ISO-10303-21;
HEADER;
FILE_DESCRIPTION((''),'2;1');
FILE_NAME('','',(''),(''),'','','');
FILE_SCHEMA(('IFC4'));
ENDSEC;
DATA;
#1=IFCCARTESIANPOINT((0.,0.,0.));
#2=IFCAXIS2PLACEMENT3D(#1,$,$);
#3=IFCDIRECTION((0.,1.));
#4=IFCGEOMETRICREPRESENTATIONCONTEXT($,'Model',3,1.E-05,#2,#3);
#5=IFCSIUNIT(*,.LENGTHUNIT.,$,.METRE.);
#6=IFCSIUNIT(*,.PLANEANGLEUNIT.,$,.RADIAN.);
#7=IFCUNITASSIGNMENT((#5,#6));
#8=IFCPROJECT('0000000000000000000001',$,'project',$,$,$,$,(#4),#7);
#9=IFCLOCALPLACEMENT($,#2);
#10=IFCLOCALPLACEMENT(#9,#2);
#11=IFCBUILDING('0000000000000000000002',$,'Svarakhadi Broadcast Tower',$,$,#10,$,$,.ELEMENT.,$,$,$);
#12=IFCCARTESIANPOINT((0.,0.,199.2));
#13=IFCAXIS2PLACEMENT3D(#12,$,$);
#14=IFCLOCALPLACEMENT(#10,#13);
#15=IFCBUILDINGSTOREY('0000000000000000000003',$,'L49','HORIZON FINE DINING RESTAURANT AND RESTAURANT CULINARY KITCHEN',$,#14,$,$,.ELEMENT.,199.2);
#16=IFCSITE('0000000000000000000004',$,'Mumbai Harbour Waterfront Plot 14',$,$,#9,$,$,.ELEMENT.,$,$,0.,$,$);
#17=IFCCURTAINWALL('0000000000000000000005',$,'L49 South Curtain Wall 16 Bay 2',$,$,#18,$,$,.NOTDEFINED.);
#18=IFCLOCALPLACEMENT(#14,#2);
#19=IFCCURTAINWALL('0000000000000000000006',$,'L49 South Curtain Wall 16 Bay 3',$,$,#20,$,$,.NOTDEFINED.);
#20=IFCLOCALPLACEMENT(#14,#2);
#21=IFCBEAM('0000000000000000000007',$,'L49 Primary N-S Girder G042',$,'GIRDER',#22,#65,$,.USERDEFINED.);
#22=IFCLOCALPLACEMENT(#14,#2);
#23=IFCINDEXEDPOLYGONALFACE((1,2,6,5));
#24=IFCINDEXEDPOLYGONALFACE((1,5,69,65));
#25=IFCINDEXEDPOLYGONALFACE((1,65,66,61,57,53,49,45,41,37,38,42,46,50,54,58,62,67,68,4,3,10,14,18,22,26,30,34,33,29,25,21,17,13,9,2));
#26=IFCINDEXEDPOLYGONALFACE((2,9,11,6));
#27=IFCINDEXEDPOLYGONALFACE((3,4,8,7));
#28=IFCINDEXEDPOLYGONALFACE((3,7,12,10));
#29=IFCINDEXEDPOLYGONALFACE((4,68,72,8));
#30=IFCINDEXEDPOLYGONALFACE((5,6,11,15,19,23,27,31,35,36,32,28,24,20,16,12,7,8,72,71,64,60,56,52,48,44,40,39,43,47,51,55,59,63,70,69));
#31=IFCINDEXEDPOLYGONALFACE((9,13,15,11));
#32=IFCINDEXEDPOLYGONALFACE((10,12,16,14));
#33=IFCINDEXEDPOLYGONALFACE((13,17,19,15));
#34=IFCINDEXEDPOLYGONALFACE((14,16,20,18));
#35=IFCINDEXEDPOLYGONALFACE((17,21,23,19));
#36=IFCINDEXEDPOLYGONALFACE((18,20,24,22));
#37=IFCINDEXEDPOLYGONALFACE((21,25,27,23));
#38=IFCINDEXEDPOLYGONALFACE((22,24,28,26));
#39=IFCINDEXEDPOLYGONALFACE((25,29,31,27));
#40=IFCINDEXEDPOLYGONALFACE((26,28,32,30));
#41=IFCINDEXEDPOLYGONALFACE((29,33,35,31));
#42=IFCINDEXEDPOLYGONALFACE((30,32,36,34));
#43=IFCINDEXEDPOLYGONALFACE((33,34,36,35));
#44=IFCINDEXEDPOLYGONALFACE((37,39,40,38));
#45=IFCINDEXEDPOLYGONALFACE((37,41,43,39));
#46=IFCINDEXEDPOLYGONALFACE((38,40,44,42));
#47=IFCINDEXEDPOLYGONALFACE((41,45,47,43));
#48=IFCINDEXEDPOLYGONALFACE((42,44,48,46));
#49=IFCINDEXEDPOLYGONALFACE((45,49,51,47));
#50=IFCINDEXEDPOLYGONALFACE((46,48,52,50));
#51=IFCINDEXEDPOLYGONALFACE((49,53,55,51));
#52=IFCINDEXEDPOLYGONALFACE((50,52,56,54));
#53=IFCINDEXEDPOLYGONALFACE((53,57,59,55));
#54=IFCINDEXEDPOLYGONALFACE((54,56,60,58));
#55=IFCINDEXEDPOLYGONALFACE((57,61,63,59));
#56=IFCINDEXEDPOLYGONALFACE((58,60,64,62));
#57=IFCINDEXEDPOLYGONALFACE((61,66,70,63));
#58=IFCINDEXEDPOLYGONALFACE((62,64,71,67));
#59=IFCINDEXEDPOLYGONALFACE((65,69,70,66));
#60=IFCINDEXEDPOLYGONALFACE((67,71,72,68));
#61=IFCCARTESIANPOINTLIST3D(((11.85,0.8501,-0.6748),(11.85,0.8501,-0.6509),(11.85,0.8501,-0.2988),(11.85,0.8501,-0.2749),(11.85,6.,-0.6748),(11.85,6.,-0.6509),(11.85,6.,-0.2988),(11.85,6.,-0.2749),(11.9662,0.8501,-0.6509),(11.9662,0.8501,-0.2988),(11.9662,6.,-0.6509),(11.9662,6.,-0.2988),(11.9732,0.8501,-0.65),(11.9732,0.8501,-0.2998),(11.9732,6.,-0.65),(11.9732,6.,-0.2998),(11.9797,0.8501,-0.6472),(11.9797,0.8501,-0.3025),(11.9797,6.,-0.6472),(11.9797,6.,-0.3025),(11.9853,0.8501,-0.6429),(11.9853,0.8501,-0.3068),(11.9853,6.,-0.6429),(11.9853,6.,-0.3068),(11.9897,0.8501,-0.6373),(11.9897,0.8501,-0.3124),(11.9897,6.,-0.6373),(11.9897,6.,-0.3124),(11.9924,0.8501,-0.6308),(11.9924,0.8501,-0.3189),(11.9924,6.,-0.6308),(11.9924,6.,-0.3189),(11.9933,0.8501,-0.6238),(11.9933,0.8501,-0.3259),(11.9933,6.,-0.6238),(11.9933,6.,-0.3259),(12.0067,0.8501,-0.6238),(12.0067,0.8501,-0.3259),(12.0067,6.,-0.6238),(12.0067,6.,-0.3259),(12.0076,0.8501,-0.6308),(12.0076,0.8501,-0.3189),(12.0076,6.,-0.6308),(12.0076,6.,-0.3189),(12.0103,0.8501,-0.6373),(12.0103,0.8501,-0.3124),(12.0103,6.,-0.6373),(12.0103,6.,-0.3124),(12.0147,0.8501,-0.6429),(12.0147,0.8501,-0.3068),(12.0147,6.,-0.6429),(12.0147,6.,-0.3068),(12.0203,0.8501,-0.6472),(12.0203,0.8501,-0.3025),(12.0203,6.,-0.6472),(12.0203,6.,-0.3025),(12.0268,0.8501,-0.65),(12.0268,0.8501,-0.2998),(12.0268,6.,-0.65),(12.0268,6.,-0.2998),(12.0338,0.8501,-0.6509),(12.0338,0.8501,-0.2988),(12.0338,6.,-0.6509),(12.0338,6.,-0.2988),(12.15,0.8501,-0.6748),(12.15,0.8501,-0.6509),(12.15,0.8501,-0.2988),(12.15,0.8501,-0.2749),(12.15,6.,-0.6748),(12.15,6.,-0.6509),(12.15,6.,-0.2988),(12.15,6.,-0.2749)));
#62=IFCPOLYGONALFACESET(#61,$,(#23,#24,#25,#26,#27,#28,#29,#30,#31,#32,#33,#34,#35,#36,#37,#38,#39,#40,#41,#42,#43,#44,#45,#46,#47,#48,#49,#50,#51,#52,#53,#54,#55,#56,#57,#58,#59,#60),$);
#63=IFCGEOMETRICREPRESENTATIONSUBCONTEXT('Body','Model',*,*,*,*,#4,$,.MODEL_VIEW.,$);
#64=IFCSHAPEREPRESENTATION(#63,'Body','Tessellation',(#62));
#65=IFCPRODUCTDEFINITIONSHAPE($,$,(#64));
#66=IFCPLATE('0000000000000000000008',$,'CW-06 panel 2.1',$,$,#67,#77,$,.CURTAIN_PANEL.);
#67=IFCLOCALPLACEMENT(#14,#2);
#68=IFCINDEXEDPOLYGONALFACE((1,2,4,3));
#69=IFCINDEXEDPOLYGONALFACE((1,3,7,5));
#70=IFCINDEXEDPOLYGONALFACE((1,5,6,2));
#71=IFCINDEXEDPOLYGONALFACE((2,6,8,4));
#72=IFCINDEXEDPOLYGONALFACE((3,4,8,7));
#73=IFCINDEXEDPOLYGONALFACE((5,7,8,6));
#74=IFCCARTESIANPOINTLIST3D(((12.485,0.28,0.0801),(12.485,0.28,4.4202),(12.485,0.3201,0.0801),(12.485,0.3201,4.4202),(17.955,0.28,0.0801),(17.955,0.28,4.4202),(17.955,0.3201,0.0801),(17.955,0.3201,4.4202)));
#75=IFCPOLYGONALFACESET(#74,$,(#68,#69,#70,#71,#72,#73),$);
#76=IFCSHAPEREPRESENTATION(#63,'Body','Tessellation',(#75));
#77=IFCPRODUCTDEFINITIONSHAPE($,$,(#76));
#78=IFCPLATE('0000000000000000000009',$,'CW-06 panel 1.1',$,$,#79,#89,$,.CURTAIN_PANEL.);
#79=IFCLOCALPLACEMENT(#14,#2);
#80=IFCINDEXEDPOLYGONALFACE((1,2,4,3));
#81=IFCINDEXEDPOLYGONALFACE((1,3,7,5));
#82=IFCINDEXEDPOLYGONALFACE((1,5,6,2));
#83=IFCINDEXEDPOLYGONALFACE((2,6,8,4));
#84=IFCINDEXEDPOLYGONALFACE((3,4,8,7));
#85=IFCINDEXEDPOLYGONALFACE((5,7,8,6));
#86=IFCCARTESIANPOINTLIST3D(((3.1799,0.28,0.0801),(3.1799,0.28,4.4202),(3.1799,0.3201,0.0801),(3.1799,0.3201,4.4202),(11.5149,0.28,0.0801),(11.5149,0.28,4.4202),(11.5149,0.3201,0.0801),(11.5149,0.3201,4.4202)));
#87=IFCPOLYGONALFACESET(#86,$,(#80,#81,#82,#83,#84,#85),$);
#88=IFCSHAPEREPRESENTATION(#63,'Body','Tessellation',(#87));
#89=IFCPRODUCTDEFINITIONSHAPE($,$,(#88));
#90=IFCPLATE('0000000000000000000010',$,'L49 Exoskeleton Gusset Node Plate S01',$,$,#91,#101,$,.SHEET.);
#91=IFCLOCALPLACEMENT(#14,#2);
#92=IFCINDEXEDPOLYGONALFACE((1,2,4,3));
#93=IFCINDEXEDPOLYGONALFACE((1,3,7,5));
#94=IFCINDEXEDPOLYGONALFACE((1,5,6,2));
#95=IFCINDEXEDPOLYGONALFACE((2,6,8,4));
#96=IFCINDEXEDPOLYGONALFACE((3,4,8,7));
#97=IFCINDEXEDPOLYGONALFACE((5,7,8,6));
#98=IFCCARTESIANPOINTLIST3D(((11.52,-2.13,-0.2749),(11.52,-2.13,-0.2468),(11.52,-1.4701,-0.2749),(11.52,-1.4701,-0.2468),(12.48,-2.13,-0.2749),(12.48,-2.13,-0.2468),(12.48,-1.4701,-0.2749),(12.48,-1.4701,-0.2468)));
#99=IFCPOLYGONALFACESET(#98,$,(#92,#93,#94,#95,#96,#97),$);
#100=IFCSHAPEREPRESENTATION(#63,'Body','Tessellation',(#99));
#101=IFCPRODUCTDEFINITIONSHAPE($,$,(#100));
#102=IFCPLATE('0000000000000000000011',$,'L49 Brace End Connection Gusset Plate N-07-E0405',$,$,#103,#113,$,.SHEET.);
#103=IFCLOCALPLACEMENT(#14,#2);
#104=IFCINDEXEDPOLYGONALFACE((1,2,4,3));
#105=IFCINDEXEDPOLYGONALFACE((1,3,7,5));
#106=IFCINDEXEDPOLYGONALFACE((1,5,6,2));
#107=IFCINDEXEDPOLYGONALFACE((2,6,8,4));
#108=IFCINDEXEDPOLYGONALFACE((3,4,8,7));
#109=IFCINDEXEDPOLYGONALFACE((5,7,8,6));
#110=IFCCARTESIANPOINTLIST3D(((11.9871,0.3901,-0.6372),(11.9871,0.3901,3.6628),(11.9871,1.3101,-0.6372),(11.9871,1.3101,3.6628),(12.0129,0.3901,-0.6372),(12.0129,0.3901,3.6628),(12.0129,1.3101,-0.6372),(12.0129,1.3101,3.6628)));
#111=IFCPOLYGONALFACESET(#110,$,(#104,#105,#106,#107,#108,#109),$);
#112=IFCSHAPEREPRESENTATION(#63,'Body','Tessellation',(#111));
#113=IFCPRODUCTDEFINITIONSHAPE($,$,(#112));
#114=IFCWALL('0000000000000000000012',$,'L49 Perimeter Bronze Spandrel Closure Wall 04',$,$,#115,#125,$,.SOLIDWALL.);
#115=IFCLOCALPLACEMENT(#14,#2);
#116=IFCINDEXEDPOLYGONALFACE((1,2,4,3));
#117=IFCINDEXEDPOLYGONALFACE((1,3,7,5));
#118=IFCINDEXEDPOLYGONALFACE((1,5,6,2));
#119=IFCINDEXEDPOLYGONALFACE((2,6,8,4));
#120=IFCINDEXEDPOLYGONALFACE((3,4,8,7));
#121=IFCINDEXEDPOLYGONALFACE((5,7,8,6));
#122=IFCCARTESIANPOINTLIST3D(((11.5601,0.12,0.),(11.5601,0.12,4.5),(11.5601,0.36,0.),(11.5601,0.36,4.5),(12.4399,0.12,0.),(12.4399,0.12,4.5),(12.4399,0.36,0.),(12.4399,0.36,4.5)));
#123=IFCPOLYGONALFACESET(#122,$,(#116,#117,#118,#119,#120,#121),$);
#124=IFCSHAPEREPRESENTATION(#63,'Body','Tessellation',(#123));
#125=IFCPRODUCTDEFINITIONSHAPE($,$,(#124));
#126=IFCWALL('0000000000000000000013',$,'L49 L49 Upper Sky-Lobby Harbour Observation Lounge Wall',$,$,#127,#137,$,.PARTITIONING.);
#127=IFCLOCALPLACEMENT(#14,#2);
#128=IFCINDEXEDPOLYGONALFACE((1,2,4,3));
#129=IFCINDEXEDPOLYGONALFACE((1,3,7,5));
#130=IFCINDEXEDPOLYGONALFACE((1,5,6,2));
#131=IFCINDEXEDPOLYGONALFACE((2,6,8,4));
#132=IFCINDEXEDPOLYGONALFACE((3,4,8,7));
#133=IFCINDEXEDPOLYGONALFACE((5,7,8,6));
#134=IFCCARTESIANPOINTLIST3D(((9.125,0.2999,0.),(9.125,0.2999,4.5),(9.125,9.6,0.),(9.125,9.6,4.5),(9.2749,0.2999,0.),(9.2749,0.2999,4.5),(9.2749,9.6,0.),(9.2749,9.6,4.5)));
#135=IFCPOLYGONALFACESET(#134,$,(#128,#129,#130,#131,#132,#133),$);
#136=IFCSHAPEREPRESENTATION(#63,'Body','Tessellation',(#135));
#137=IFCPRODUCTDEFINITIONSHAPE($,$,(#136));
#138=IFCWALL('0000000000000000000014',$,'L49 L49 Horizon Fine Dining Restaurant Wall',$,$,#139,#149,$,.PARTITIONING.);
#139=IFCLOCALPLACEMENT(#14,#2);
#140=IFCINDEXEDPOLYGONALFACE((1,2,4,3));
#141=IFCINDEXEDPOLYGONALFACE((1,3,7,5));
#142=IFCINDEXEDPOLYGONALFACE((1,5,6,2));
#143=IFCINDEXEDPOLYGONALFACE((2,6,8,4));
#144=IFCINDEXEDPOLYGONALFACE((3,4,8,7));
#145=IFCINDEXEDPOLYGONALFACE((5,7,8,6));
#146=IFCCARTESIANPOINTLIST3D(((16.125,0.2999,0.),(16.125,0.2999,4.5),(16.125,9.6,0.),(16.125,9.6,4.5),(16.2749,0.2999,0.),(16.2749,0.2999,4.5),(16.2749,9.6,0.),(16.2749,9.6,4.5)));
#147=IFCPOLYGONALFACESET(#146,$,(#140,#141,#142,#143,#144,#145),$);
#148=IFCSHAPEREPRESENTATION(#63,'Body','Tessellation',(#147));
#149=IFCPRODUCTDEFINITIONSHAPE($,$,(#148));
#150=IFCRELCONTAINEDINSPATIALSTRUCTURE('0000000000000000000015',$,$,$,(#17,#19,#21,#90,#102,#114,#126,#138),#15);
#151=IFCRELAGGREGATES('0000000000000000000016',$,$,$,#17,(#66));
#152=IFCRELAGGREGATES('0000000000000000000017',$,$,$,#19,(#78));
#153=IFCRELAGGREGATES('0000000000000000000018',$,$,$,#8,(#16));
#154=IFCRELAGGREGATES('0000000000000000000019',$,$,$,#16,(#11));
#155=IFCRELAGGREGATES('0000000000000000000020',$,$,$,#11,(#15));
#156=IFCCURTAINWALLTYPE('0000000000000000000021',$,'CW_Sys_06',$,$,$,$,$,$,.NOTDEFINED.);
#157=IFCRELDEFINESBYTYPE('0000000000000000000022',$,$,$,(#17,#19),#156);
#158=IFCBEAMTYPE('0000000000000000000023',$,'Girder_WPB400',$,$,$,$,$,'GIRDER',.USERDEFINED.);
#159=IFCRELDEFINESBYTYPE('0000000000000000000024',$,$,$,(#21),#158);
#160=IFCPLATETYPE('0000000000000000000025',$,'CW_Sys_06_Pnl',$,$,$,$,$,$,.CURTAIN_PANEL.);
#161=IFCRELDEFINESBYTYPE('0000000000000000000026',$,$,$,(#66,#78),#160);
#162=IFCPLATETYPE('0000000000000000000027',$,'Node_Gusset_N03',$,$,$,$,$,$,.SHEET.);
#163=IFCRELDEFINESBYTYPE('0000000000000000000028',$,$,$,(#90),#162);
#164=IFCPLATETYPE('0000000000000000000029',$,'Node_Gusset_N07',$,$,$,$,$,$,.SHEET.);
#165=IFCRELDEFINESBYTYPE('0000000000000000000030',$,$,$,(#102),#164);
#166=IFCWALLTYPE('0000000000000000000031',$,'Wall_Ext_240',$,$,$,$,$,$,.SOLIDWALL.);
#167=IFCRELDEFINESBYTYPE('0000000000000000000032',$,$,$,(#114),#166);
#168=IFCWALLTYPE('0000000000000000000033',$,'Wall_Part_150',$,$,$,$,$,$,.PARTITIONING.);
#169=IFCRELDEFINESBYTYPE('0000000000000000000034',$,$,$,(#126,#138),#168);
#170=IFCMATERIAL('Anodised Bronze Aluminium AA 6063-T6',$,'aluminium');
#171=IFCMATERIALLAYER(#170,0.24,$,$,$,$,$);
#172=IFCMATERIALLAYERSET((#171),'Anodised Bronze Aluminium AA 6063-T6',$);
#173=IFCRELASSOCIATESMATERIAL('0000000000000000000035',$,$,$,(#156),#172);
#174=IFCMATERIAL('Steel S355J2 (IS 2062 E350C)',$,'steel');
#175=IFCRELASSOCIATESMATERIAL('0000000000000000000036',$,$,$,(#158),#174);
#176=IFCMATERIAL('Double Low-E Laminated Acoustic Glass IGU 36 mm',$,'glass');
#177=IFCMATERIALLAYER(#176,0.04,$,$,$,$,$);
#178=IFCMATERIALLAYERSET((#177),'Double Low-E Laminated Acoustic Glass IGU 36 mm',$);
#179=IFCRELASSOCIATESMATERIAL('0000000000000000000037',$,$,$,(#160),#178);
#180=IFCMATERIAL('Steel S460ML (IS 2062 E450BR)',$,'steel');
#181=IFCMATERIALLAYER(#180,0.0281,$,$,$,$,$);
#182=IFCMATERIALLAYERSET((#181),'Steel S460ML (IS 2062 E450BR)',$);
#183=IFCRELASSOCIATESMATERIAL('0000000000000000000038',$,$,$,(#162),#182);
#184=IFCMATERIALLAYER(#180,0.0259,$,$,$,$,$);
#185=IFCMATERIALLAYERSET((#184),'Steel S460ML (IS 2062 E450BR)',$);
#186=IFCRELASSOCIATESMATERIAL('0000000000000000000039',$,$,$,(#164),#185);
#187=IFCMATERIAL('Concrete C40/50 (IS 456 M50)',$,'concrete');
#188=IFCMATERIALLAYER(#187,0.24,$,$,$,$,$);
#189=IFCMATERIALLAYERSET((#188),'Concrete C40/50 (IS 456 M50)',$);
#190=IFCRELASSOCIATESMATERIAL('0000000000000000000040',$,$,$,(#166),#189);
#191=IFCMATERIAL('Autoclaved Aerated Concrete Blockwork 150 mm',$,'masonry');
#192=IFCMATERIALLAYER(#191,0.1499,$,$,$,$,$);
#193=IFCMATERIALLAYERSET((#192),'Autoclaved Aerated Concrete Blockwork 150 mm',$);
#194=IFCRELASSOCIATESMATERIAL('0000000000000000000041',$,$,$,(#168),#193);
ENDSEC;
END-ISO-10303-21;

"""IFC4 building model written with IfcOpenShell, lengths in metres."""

from ifc_helpers import new_model, si_unit, direction, frame, frame_2d, origin, origin_2d, place, context, subcontext, project, spatial, rectangle, i_section, extrude, material, layer, layer_set, material_profile, profile_set, type_object, element, aggregate, save


model = new_model("IFC4")

# Units and contexts
model_context = context("Model", 3, precision=1e-05, world=origin(), true_north=direction((0.0, 1.0)))
body_context = subcontext(model_context, "Body", "Model", "MODEL_VIEW")
ifc_project = project(units=[si_unit("LENGTHUNIT", "METRE"), si_unit("PLANEANGLEUNIT", "RADIAN")], contexts=[model_context])

# Site, building, storey
site_placement = place(None, origin())
site = spatial("IfcSite", under=ifc_project, at=site_placement, Name="Mumbai Harbour Waterfront Plot 14", CompositionType="ELEMENT", RefElevation=0.0)
building_placement = place(site_placement, origin())
building = spatial("IfcBuilding", under=site, at=building_placement, Name="Svarakhadi Broadcast Tower", CompositionType="ELEMENT")
storey_placement = place(building_placement, frame((0.0, 0.0, 199.2)))
storey = spatial("IfcBuildingStorey", under=building, at=storey_placement, Name="L49", Description="HORIZON FINE DINING RESTAURANT AND RESTAURANT CULINARY KITCHEN", CompositionType="ELEMENT", Elevation=199.2)

# Shared definitions
ifc_material_1 = material(Name="Steel S460ML (IS 2062 E450BR)", Category="steel")

# Shared definitions
ifc_material_2 = material(Name="Steel S355J2 (IS 2062 E350C)", Category="steel")

# Curtain walls
ifc_material_3 = material(Name="Anodised Bronze Aluminium AA 6063-T6", Category="aluminium")
ifc_layer_1 = layer(ifc_material_3, 0.24)
ifc_layer_set_1 = layer_set([ifc_layer_1], Name="Anodised Bronze Aluminium AA 6063-T6")
curtain_wall_type = type_object("IfcCurtainWallType", Name="CW_Sys_06", PredefinedType="NOTDEFINED", material=ifc_layer_set_1)
curtain_wall_1_placement = place(storey_placement, origin())
curtain_wall_1 = element("IfcCurtainWall", 1, at=curtain_wall_1_placement, inside=storey, type_object=curtain_wall_type, Name="L49 South Curtain Wall 16 Bay 2", PredefinedType="NOTDEFINED")
curtain_wall_2_placement = place(storey_placement, origin())
curtain_wall_2 = element("IfcCurtainWall", 2, at=curtain_wall_2_placement, inside=storey, type_object=curtain_wall_type, Name="L49 South Curtain Wall 16 Bay 3", PredefinedType="NOTDEFINED")

# Beam
ifc_material_profile_1 = material_profile(ifc_material_2, i_section(OverallWidth=0.3, OverallDepth=0.3999, WebThickness=0.0134, FlangeThickness=0.0239, FilletRadius=0.0271, at=origin_2d()), Name="WPB 400x300x155")
ifc_profile_set_1 = profile_set([ifc_material_profile_1], Name="Steel S355J2 (IS 2062 E350C)")
beam_type_1 = type_object("IfcBeamType", Name="Girder_WPB400", ElementType="GIRDER", PredefinedType="USERDEFINED", material=ifc_profile_set_1)
for number, where, z_axis, x_axis, name in (
    (3, (12.0, 0.8501, -0.4749), (0.0, 1.0, 0.0), (-1.0, 0.0, 0.0), "L49 Primary N-S Girder G042"),
):
    element("IfcBeam", number, at=place(storey_placement, frame(where, z_axis=z_axis, x_axis=x_axis)), inside=storey, type_object=beam_type_1, Name=name, ObjectType="GIRDER", PredefinedType="USERDEFINED", context=body_context, shape_type="SweptSolid", body=[
        extrude(i_section(OverallWidth=0.3, OverallDepth=0.3999, WebThickness=0.0134, FlangeThickness=0.0239, FilletRadius=0.0271, at=origin_2d()), origin(), (0.0, 0.0, 1.0), 5.1499),
    ])

# Plates
ifc_material_4 = material(Name="Double Low-E Laminated Acoustic Glass IGU 36 mm", Category="glass")
ifc_layer_2 = layer(ifc_material_4, 0.04)
ifc_layer_set_2 = layer_set([ifc_layer_2], Name="Double Low-E Laminated Acoustic Glass IGU 36 mm")
plate_type_1 = type_object("IfcPlateType", Name="CW_Sys_06_Pnl", PredefinedType="CURTAIN_PANEL", material=ifc_layer_set_2)
plate_1_placement = place(storey_placement, frame((15.22, 0.3, 0.0801), z_axis=(0.0, 0.0, 1.0), x_axis=(-1.0, 0.0, 0.0)))
plate_1 = element("IfcPlate", 4, at=plate_1_placement, type_object=plate_type_1, Name="CW-06 panel 2.1", PredefinedType="CURTAIN_PANEL", context=body_context, shape_type="SweptSolid", body=[
    extrude(rectangle(XDim=5.47, YDim=0.04, at=origin_2d()), origin(), (0.0, 0.0, 1.0), 4.3401),
])
aggregate(curtain_wall_1, [plate_1])
plate_2_placement = place(storey_placement, frame((7.3474, 0.3, 0.0801), z_axis=(0.0, 0.0, 1.0), x_axis=(-1.0, 0.0, 0.0)))
plate_2 = element("IfcPlate", 5, at=plate_2_placement, type_object=plate_type_1, Name="CW-06 panel 1.1", PredefinedType="CURTAIN_PANEL", context=body_context, shape_type="SweptSolid", body=[
    extrude(rectangle(XDim=8.335, YDim=0.04, at=origin_2d()), origin(), (0.0, 0.0, 1.0), 4.3401),
])
aggregate(curtain_wall_2, [plate_2])

# Plates
ifc_layer_3 = layer(ifc_material_1, 0.0281)
ifc_layer_set_3 = layer_set([ifc_layer_3], Name="Steel S460ML (IS 2062 E450BR)")
plate_type_2 = type_object("IfcPlateType", Name="Node_Gusset_N03", PredefinedType="SHEET", material=ifc_layer_set_3)
plate_3_placement = place(storey_placement, frame((12.0, -1.8, -0.2749), z_axis=(0.0, 0.0, 1.0), x_axis=(1.0, 0.0, 0.0)))
element("IfcPlate", 6, at=plate_3_placement, inside=storey, type_object=plate_type_2, Name="L49 Exoskeleton Gusset Node Plate S01", PredefinedType="SHEET", context=body_context, shape_type="SweptSolid", body=[
    extrude(rectangle(XDim=0.96, YDim=0.6599, at=origin_2d()), origin(), (0.0, 0.0, 1.0), 0.0281),
])
ifc_layer_4 = layer(ifc_material_1, 0.0259)
ifc_layer_set_4 = layer_set([ifc_layer_4], Name="Steel S460ML (IS 2062 E450BR)")
plate_type_3 = type_object("IfcPlateType", Name="Node_Gusset_N07", PredefinedType="SHEET", material=ifc_layer_set_4)
plate_4_placement = place(storey_placement, frame((12.0, 0.8501, -0.6372), z_axis=(0.0, 0.0, 1.0), x_axis=(0.0, 1.0, 0.0)))
element("IfcPlate", 7, at=plate_4_placement, inside=storey, type_object=plate_type_3, Name="L49 Brace End Connection Gusset Plate N-07-E0405", PredefinedType="SHEET", context=body_context, shape_type="SweptSolid", body=[
    extrude(rectangle(XDim=0.9199, YDim=0.0259, at=origin_2d()), origin(), (0.0, 0.0, 1.0), 4.3),
])

# Walls
ifc_material_5 = material(Name="Concrete C40/50 (IS 456 M50)", Category="concrete")
ifc_layer_5 = layer(ifc_material_5, 0.24)
ifc_layer_set_5 = layer_set([ifc_layer_5], Name="Concrete C40/50 (IS 456 M50)")
wall_type_1 = type_object("IfcWallType", Name="Wall_Ext_240", PredefinedType="SOLIDWALL", material=ifc_layer_set_5)
wall_placement = place(storey_placement, frame((12.4399, 0.24, 0.0), z_axis=(0.0, 0.0, 1.0), x_axis=(-1.0, 0.0, 0.0)))
element("IfcWall", 8, at=wall_placement, inside=storey, type_object=wall_type_1, Name="L49 Perimeter Bronze Spandrel Closure Wall 04", PredefinedType="SOLIDWALL", context=body_context, shape_type="SweptSolid", body=[
    extrude(rectangle(XDim=0.8799, YDim=0.24, at=frame_2d((0.4399, 0.0))), origin(), (0.0, 0.0, 1.0), 4.5),
])
ifc_material_6 = material(Name="Autoclaved Aerated Concrete Blockwork 150 mm", Category="masonry")
ifc_layer_6 = layer(ifc_material_6, 0.1499)
ifc_layer_set_6 = layer_set([ifc_layer_6], Name="Autoclaved Aerated Concrete Blockwork 150 mm")
wall_type_2 = type_object("IfcWallType", Name="Wall_Part_150", PredefinedType="PARTITIONING", material=ifc_layer_set_6)
for number, where, z_axis, x_axis, name in (
    (9, (9.2, 0.3, 0.0), (0.0, 0.0, 1.0), (0.0, 1.0, 0.0), "L49 L49 Upper Sky-Lobby Harbour Observation Lounge Wall"),
    (10, (16.2, 0.3, 0.0), (0.0, 0.0, 1.0), (0.0, 1.0, 0.0), "L49 L49 Horizon Fine Dining Restaurant Wall"),
):
    element("IfcWall", number, at=place(storey_placement, frame(where, z_axis=z_axis, x_axis=x_axis)), inside=storey, type_object=wall_type_2, Name=name, PredefinedType="PARTITIONING", context=body_context, shape_type="SweptSolid", body=[
        extrude(rectangle(XDim=9.3, YDim=0.1499, at=frame_2d((4.6499, 0.0))), origin(), (0.0, 0.0, 1.0), 4.5),
    ])

save(model, "model.ifc")
